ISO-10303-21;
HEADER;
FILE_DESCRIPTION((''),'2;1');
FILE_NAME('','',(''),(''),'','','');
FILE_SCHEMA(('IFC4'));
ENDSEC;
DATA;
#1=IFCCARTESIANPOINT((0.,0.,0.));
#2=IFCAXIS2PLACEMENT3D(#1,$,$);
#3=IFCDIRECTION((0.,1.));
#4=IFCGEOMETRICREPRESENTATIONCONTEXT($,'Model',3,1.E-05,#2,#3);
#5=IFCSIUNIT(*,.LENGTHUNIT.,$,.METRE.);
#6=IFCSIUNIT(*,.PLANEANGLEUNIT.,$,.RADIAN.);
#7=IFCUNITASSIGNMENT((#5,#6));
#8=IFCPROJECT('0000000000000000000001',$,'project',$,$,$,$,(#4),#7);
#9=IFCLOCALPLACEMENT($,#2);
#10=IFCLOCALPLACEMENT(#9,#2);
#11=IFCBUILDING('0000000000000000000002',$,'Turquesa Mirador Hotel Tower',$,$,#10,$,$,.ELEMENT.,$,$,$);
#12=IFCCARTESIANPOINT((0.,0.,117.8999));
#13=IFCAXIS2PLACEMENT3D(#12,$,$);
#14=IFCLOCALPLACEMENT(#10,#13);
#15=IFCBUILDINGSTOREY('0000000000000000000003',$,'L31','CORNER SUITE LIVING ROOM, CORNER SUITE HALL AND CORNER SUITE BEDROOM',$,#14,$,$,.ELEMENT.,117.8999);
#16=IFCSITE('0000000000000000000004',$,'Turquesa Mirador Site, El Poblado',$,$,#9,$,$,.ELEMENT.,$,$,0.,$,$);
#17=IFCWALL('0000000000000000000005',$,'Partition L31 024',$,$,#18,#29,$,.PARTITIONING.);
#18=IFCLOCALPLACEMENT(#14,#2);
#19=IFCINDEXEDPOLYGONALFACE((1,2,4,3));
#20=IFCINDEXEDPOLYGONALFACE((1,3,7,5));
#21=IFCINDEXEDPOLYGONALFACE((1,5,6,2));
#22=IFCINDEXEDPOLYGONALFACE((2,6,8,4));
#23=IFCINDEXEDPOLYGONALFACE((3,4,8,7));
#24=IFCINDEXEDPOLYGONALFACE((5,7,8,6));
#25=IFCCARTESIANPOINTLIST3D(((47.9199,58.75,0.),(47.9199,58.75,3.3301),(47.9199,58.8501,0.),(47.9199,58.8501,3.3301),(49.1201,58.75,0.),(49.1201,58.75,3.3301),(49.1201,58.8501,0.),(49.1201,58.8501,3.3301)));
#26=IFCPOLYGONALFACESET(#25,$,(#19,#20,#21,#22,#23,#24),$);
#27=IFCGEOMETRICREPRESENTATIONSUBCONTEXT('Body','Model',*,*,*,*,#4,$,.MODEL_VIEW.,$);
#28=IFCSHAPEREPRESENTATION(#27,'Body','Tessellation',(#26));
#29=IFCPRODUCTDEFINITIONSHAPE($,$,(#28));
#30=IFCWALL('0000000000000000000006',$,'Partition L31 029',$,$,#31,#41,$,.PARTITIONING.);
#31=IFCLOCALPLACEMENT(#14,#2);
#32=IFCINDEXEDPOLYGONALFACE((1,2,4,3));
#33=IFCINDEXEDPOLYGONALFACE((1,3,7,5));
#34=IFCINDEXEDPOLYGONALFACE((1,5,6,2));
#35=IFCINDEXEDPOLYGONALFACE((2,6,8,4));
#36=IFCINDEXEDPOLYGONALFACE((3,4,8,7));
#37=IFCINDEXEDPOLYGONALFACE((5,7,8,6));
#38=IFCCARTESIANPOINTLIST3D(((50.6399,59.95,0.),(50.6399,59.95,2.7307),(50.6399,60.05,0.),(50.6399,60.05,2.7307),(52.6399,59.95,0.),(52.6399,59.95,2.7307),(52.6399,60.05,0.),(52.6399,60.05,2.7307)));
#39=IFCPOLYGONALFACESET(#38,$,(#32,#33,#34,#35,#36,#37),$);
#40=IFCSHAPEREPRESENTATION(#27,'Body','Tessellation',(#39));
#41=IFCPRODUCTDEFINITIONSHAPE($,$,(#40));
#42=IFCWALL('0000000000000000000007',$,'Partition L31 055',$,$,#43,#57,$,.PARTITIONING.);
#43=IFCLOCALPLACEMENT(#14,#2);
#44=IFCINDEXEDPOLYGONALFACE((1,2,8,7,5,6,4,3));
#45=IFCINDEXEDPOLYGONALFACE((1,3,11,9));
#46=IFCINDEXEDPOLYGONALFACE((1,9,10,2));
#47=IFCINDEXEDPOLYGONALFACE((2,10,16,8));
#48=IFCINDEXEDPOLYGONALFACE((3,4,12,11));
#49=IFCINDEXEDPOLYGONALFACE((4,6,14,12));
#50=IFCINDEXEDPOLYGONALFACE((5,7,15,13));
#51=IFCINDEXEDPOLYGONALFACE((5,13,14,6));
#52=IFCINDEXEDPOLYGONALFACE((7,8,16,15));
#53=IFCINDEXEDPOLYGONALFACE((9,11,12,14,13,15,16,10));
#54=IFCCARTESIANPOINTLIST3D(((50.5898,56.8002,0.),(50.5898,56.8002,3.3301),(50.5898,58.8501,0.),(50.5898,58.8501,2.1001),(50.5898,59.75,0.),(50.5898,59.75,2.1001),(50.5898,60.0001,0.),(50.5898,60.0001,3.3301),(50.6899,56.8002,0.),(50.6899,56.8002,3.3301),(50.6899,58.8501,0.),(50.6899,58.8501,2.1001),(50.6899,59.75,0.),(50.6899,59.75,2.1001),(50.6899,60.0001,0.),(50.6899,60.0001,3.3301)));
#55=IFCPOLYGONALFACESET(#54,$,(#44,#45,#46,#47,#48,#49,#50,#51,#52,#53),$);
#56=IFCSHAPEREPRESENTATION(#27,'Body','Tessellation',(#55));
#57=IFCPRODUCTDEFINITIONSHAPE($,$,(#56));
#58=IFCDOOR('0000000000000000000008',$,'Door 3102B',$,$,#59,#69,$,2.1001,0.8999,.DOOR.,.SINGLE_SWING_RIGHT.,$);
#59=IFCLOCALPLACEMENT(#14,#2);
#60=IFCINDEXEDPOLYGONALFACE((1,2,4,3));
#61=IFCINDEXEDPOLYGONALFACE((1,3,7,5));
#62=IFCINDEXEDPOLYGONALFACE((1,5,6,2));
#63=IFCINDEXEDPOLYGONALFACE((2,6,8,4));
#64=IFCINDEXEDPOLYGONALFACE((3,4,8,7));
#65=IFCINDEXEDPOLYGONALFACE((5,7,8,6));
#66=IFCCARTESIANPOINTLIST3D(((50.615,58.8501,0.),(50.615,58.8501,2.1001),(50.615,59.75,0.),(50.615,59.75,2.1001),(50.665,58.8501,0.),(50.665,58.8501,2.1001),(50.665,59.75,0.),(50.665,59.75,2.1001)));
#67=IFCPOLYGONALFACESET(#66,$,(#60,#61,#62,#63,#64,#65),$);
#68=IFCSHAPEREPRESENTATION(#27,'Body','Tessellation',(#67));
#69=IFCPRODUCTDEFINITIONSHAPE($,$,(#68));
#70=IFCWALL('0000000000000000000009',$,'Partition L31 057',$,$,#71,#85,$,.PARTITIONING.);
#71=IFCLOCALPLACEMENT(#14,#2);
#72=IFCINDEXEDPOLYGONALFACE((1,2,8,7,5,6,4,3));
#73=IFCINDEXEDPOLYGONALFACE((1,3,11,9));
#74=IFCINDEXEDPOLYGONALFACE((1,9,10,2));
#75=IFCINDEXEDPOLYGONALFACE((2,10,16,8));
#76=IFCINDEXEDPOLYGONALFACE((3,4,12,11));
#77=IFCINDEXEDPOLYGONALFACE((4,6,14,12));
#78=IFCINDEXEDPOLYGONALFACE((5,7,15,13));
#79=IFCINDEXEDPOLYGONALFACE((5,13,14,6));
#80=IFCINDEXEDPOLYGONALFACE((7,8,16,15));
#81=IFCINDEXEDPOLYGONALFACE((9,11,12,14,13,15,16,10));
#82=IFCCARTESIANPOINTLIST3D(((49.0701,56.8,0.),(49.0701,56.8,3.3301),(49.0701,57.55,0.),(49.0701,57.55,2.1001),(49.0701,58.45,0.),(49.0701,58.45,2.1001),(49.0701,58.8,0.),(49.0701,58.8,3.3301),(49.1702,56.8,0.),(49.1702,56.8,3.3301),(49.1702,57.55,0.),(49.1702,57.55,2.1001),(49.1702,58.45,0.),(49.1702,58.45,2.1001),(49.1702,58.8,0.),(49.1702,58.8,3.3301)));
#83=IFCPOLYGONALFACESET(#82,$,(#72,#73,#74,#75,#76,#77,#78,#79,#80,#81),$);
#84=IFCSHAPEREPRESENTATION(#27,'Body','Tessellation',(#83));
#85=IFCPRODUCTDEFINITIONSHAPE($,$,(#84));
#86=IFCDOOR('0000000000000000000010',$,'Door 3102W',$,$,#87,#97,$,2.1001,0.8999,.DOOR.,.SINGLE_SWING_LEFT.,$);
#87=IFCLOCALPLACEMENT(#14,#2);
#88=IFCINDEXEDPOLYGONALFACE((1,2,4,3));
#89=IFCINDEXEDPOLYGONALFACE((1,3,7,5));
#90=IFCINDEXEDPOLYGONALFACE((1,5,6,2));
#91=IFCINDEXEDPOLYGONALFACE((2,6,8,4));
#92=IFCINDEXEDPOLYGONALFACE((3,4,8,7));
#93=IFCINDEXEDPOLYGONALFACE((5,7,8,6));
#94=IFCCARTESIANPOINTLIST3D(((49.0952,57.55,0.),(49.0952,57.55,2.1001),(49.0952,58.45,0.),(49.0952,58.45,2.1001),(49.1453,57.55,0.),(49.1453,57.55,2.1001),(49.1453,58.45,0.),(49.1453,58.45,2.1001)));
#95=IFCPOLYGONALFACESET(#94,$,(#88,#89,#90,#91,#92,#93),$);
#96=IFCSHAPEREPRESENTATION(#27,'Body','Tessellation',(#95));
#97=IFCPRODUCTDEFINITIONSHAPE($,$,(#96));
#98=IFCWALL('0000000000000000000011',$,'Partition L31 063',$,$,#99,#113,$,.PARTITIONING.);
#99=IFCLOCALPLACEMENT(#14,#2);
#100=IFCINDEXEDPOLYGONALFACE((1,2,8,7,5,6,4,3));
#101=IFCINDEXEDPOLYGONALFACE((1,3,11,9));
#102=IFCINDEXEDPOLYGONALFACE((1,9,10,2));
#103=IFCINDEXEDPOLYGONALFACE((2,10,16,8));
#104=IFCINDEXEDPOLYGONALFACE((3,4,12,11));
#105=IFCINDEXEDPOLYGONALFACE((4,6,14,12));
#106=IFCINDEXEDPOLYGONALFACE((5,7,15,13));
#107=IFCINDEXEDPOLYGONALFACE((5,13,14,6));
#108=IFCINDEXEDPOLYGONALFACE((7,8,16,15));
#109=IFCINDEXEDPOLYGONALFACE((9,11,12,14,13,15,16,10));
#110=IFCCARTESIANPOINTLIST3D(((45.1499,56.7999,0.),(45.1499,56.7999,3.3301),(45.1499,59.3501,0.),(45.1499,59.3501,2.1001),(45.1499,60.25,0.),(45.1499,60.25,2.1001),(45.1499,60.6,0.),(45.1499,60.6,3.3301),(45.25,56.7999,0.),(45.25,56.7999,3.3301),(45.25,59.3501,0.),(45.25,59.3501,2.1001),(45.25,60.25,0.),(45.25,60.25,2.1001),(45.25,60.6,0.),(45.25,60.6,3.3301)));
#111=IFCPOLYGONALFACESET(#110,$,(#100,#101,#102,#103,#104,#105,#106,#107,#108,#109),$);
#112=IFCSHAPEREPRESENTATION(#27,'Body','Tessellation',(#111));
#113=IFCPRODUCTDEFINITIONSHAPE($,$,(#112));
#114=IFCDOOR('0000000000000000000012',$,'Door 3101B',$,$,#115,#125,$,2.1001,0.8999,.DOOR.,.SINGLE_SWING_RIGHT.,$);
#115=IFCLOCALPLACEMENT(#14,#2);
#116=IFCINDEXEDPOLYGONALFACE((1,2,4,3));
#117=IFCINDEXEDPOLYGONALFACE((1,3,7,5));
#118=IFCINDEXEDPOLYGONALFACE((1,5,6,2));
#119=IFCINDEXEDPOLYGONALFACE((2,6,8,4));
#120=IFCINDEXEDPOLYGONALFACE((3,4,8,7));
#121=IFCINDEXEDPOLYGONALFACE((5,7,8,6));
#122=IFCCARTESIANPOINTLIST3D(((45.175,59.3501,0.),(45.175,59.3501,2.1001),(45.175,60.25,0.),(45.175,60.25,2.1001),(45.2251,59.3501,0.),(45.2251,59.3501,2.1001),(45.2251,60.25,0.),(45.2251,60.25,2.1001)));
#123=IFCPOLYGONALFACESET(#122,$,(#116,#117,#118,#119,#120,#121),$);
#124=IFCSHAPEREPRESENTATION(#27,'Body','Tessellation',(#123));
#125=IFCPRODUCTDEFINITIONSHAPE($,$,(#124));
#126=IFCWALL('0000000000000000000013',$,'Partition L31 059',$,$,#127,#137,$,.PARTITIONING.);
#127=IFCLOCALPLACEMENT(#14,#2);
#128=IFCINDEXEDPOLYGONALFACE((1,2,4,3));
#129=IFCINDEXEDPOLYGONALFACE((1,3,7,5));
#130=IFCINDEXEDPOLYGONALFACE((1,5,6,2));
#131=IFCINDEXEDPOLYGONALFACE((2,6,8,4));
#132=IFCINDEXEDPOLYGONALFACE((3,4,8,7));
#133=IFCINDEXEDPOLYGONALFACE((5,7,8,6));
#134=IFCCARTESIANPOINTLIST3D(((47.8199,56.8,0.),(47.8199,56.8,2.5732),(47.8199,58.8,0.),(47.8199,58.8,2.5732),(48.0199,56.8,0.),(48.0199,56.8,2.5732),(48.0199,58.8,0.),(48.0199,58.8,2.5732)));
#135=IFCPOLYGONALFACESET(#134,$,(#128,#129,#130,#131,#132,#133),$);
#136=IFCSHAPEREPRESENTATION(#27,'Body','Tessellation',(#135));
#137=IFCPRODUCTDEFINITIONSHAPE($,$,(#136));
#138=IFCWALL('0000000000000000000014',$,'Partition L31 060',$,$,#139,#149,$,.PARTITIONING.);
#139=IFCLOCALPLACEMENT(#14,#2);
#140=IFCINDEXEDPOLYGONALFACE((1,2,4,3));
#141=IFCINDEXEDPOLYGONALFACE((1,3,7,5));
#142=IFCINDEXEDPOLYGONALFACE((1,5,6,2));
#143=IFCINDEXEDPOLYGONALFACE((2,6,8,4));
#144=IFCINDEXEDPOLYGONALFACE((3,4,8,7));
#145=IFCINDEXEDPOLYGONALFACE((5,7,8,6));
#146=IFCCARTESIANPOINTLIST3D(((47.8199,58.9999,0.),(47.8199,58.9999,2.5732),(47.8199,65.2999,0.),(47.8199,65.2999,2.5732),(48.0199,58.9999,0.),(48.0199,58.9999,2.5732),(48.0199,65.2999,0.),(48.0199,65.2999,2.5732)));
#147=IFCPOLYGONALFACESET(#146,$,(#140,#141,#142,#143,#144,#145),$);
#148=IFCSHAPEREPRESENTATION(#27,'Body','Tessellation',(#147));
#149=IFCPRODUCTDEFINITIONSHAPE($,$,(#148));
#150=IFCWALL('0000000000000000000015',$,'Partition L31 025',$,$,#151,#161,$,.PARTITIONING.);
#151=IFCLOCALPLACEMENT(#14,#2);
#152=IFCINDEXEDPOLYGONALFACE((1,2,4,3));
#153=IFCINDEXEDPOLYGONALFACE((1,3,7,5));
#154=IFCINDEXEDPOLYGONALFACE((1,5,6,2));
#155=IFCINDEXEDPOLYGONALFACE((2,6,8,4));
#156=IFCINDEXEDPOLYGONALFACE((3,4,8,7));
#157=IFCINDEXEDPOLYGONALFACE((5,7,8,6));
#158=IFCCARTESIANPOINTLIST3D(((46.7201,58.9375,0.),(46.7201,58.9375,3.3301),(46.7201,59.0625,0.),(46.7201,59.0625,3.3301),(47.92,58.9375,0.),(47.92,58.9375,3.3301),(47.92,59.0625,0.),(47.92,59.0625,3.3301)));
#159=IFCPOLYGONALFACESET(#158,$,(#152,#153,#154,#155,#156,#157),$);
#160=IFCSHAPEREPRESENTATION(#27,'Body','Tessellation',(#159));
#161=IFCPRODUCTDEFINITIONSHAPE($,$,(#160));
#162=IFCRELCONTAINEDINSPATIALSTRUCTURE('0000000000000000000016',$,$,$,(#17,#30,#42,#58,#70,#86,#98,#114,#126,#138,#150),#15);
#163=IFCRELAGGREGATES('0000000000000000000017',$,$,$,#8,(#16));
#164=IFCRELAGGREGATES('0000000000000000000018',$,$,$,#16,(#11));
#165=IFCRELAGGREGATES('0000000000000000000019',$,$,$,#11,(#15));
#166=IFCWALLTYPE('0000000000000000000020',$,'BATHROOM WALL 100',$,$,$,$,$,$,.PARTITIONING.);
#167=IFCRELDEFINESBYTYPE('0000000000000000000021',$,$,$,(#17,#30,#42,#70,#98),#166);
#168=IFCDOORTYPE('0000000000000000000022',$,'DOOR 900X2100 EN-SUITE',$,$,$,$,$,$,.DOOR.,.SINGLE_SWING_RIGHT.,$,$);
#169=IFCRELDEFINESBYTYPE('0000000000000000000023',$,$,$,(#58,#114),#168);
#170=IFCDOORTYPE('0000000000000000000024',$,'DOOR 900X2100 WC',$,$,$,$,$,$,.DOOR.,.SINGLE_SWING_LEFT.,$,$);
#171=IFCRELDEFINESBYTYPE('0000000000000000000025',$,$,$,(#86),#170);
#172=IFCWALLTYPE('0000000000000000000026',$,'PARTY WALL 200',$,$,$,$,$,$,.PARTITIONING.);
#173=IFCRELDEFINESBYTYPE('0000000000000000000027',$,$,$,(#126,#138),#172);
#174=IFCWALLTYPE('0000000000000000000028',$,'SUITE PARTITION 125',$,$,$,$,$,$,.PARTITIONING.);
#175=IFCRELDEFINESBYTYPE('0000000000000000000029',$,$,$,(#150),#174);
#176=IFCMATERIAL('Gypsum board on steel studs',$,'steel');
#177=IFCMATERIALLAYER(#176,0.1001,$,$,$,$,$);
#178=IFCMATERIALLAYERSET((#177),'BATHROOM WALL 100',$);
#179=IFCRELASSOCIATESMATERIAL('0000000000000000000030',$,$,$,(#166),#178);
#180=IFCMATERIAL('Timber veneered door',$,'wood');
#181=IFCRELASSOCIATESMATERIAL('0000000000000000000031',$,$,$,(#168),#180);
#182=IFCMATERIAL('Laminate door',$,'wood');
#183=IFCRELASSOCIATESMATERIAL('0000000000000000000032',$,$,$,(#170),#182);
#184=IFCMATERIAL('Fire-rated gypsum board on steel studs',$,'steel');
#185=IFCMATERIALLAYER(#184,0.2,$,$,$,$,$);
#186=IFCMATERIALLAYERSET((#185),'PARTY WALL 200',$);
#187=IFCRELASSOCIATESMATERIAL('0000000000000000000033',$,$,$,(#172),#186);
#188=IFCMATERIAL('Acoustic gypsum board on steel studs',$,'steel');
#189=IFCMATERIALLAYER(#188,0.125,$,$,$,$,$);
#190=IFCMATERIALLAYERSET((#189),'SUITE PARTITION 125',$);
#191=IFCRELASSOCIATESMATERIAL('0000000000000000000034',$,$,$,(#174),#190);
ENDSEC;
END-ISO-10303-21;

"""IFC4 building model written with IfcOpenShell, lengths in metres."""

from ifc_helpers import new_model, si_unit, direction, frame, frame_2d, origin, place, context, subcontext, project, spatial, rectangle, extrude, material, layer, layer_set, type_object, element, fill, save


model = new_model("IFC4")

# Units and contexts
model_context = context("Model", 3, precision=1e-05, world=origin(), true_north=direction((0.0, 1.0)))
body_context = subcontext(model_context, "Body", "Model", "MODEL_VIEW")
ifc_project = project(units=[si_unit("LENGTHUNIT", "METRE"), si_unit("PLANEANGLEUNIT", "RADIAN")], contexts=[model_context])

# Site, building, storey
site_placement = place(None, origin())
site = spatial("IfcSite", under=ifc_project, at=site_placement, Name="Turquesa Mirador Site, El Poblado", CompositionType="ELEMENT", RefElevation=0.0)
building_placement = place(site_placement, origin())
building = spatial("IfcBuilding", under=site, at=building_placement, Name="Turquesa Mirador Hotel Tower", CompositionType="ELEMENT")
storey_placement = place(building_placement, frame((0.0, 0.0, 117.8999)))
storey = spatial("IfcBuildingStorey", under=building, at=storey_placement, Name="L31", Description="CORNER SUITE LIVING ROOM, CORNER SUITE HALL AND CORNER SUITE BEDROOM", CompositionType="ELEMENT", Elevation=117.8999)

# Walls
ifc_material_1 = material(Name="Gypsum board on steel studs", Category="steel")
ifc_layer_1 = layer(ifc_material_1, 0.1001)
ifc_layer_set_1 = layer_set([ifc_layer_1], Name="BATHROOM WALL 100")
wall_type_1 = type_object("IfcWallType", Name="BATHROOM WALL 100", PredefinedType="PARTITIONING", material=ifc_layer_set_1)
wall_1_placement = place(storey_placement, frame((47.9199, 58.8, 0.0), z_axis=(0.0, 0.0, 1.0), x_axis=(1.0, 0.0, 0.0)))
element("IfcWall", 1, at=wall_1_placement, inside=storey, type_object=wall_type_1, Name="Partition L31 024", PredefinedType="PARTITIONING", context=body_context, shape_type="SweptSolid", body=[
    extrude(rectangle(XDim=1.2002, YDim=0.1001, at=frame_2d((0.6001, 0.0))), origin(), (0.0, 0.0, 1.0), 3.3301),
])
wall_2_placement = place(storey_placement, frame((50.6399, 60.0, 0.0), z_axis=(0.0, 0.0, 1.0), x_axis=(1.0, 0.0, 0.0)))
element("IfcWall", 2, at=wall_2_placement, inside=storey, type_object=wall_type_1, Name="Partition L31 029", PredefinedType="PARTITIONING", context=body_context, shape_type="SweptSolid", body=[
    extrude(rectangle(XDim=2.0, YDim=0.1001, at=frame_2d((1.0, 0.0))), origin(), (0.0, 0.0, 1.0), 2.7307),
])

# Walls, openings, doors
wall_3_placement = place(storey_placement, frame((50.6399, 56.8, 0.0), z_axis=(0.0, 0.0, 1.0), x_axis=(0.0, 1.0, 0.0)))
wall_3 = element("IfcWall", 3, at=wall_3_placement, inside=storey, type_object=wall_type_1, Name="Partition L31 055", PredefinedType="PARTITIONING", context=body_context, shape_type="SweptSolid", body=[
    extrude(rectangle(XDim=3.2, YDim=0.1001, at=frame_2d((1.6001, 0.0))), origin(), (0.0, 0.0, 1.0), 3.3301),
])
opening_1_placement = place(wall_3_placement, frame((2.05, 0.0, 0.0)))
opening_1 = element("IfcOpeningElement", 4, at=opening_1_placement, cuts=wall_3, PredefinedType="OPENING", context=body_context, shape_type="SweptSolid", body=[
    extrude(rectangle(XDim=0.8999, YDim=2.1001, at=frame_2d((0.45, 1.05))), frame((0.0, 0.0601, 0.0), z_axis=(0.0, -1.0, 0.0), x_axis=(1.0, 0.0, 0.0)), (0.0, 0.0, 1.0), 0.1201),
])
ifc_material_2 = material(Name="Timber veneered door", Category="wood")
door_type_1 = type_object("IfcDoorType", Name="DOOR 900X2100 EN-SUITE", OperationType="SINGLE_SWING_RIGHT", PredefinedType="DOOR", material=ifc_material_2)
door_1_placement = place(opening_1_placement, origin())
door_1 = element("IfcDoor", 5, at=door_1_placement, inside=storey, type_object=door_type_1, Name="Door 3102B", OperationType="SINGLE_SWING_RIGHT", OverallHeight=2.1001, OverallWidth=0.8999, PredefinedType="DOOR", context=body_context, shape_type="SweptSolid", body=[
    extrude(rectangle(XDim=0.8999, YDim=2.1001, at=frame_2d((0.45, 1.05))), frame((0.0, 0.0249, 0.0), z_axis=(0.0, -1.0, 0.0), x_axis=(1.0, 0.0, 0.0)), (0.0, 0.0, 1.0), 0.05),
])
fill(opening_1, door_1)
wall_4_placement = place(storey_placement, frame((49.1201, 56.8, 0.0), z_axis=(0.0, 0.0, 1.0), x_axis=(0.0, 1.0, 0.0)))
wall_4 = element("IfcWall", 6, at=wall_4_placement, inside=storey, type_object=wall_type_1, Name="Partition L31 057", PredefinedType="PARTITIONING", context=body_context, shape_type="SweptSolid", body=[
    extrude(rectangle(XDim=2.0, YDim=0.1001, at=frame_2d((1.0, 0.0))), origin(), (0.0, 0.0, 1.0), 3.3301),
])
opening_2_placement = place(wall_4_placement, frame((0.75, 0.0, 0.0)))
opening_2 = element("IfcOpeningElement", 7, at=opening_2_placement, cuts=wall_4, PredefinedType="OPENING", context=body_context, shape_type="SweptSolid", body=[
    extrude(rectangle(XDim=0.8999, YDim=2.1001, at=frame_2d((0.45, 1.05))), frame((0.0, 0.0601, 0.0), z_axis=(0.0, -1.0, 0.0), x_axis=(1.0, 0.0, 0.0)), (0.0, 0.0, 1.0), 0.1201),
])
ifc_material_3 = material(Name="Laminate door", Category="wood")
door_type_2 = type_object("IfcDoorType", Name="DOOR 900X2100 WC", OperationType="SINGLE_SWING_LEFT", PredefinedType="DOOR", material=ifc_material_3)
door_2_placement = place(opening_2_placement, origin())
door_2 = element("IfcDoor", 8, at=door_2_placement, inside=storey, type_object=door_type_2, Name="Door 3102W", OperationType="SINGLE_SWING_LEFT", OverallHeight=2.1001, OverallWidth=0.8999, PredefinedType="DOOR", context=body_context, shape_type="SweptSolid", body=[
    extrude(rectangle(XDim=0.8999, YDim=2.1001, at=frame_2d((0.45, 1.05))), frame((0.0, 0.0249, 0.0), z_axis=(0.0, -1.0, 0.0), x_axis=(1.0, 0.0, 0.0)), (0.0, 0.0, 1.0), 0.05),
])
fill(opening_2, door_2)
wall_5_placement = place(storey_placement, frame((45.2, 56.8, 0.0), z_axis=(0.0, 0.0, 1.0), x_axis=(0.0, 1.0, 0.0)))
wall_5 = element("IfcWall", 9, at=wall_5_placement, inside=storey, type_object=wall_type_1, Name="Partition L31 063", PredefinedType="PARTITIONING", context=body_context, shape_type="SweptSolid", body=[
    extrude(rectangle(XDim=3.8, YDim=0.1001, at=frame_2d((1.8999, 0.0))), origin(), (0.0, 0.0, 1.0), 3.3301),
])
opening_3_placement = place(wall_5_placement, frame((2.55, 0.0, 0.0)))
opening_3 = element("IfcOpeningElement", 10, at=opening_3_placement, cuts=wall_5, PredefinedType="OPENING", context=body_context, shape_type="SweptSolid", body=[
    extrude(rectangle(XDim=0.8999, YDim=2.1001, at=frame_2d((0.45, 1.05))), frame((0.0, 0.0601, 0.0), z_axis=(0.0, -1.0, 0.0), x_axis=(1.0, 0.0, 0.0)), (0.0, 0.0, 1.0), 0.1201),
])
door_3_placement = place(opening_3_placement, origin())
door_3 = element("IfcDoor", 11, at=door_3_placement, inside=storey, type_object=door_type_1, Name="Door 3101B", OperationType="SINGLE_SWING_RIGHT", OverallHeight=2.1001, OverallWidth=0.8999, PredefinedType="DOOR", context=body_context, shape_type="SweptSolid", body=[
    extrude(rectangle(XDim=0.8999, YDim=2.1001, at=frame_2d((0.45, 1.05))), frame((0.0, 0.0249, 0.0), z_axis=(0.0, -1.0, 0.0), x_axis=(1.0, 0.0, 0.0)), (0.0, 0.0, 1.0), 0.05),
])
fill(opening_3, door_3)

# Walls
ifc_material_4 = material(Name="Fire-rated gypsum board on steel studs", Category="steel")
ifc_layer_2 = layer(ifc_material_4, 0.2)
ifc_layer_set_2 = layer_set([ifc_layer_2], Name="PARTY WALL 200")
wall_type_2 = type_object("IfcWallType", Name="PARTY WALL 200", PredefinedType="PARTITIONING", material=ifc_layer_set_2)
wall_6_placement = place(storey_placement, frame((47.9199, 56.8, 0.0), z_axis=(0.0, 0.0, 1.0), x_axis=(0.0, 1.0, 0.0)))
element("IfcWall", 12, at=wall_6_placement, inside=storey, type_object=wall_type_2, Name="Partition L31 059", PredefinedType="PARTITIONING", context=body_context, shape_type="SweptSolid", body=[
    extrude(rectangle(XDim=2.0, YDim=0.2, at=frame_2d((1.0, 0.0))), origin(), (0.0, 0.0, 1.0), 2.5732),
])
wall_7_placement = place(storey_placement, frame((47.9199, 59.0, 0.0), z_axis=(0.0, 0.0, 1.0), x_axis=(0.0, 1.0, 0.0)))
element("IfcWall", 13, at=wall_7_placement, inside=storey, type_object=wall_type_2, Name="Partition L31 060", PredefinedType="PARTITIONING", context=body_context, shape_type="SweptSolid", body=[
    extrude(rectangle(XDim=6.3, YDim=0.2, at=frame_2d((3.1499, 0.0))), origin(), (0.0, 0.0, 1.0), 2.5732),
])
ifc_material_5 = material(Name="Acoustic gypsum board on steel studs", Category="steel")
ifc_layer_3 = layer(ifc_material_5, 0.125)
ifc_layer_set_3 = layer_set([ifc_layer_3], Name="SUITE PARTITION 125")
wall_type_3 = type_object("IfcWallType", Name="SUITE PARTITION 125", PredefinedType="PARTITIONING", material=ifc_layer_set_3)
wall_8_placement = place(storey_placement, frame((46.72, 59.0, 0.0), z_axis=(0.0, 0.0, 1.0), x_axis=(1.0, 0.0, 0.0)))
element("IfcWall", 14, at=wall_8_placement, inside=storey, type_object=wall_type_3, Name="Partition L31 025", PredefinedType="PARTITIONING", context=body_context, shape_type="SweptSolid", body=[
    extrude(rectangle(XDim=1.2, YDim=0.125, at=frame_2d((0.6001, 0.0))), origin(), (0.0, 0.0, 1.0), 3.3301),
])

save(model, "model.ifc")
